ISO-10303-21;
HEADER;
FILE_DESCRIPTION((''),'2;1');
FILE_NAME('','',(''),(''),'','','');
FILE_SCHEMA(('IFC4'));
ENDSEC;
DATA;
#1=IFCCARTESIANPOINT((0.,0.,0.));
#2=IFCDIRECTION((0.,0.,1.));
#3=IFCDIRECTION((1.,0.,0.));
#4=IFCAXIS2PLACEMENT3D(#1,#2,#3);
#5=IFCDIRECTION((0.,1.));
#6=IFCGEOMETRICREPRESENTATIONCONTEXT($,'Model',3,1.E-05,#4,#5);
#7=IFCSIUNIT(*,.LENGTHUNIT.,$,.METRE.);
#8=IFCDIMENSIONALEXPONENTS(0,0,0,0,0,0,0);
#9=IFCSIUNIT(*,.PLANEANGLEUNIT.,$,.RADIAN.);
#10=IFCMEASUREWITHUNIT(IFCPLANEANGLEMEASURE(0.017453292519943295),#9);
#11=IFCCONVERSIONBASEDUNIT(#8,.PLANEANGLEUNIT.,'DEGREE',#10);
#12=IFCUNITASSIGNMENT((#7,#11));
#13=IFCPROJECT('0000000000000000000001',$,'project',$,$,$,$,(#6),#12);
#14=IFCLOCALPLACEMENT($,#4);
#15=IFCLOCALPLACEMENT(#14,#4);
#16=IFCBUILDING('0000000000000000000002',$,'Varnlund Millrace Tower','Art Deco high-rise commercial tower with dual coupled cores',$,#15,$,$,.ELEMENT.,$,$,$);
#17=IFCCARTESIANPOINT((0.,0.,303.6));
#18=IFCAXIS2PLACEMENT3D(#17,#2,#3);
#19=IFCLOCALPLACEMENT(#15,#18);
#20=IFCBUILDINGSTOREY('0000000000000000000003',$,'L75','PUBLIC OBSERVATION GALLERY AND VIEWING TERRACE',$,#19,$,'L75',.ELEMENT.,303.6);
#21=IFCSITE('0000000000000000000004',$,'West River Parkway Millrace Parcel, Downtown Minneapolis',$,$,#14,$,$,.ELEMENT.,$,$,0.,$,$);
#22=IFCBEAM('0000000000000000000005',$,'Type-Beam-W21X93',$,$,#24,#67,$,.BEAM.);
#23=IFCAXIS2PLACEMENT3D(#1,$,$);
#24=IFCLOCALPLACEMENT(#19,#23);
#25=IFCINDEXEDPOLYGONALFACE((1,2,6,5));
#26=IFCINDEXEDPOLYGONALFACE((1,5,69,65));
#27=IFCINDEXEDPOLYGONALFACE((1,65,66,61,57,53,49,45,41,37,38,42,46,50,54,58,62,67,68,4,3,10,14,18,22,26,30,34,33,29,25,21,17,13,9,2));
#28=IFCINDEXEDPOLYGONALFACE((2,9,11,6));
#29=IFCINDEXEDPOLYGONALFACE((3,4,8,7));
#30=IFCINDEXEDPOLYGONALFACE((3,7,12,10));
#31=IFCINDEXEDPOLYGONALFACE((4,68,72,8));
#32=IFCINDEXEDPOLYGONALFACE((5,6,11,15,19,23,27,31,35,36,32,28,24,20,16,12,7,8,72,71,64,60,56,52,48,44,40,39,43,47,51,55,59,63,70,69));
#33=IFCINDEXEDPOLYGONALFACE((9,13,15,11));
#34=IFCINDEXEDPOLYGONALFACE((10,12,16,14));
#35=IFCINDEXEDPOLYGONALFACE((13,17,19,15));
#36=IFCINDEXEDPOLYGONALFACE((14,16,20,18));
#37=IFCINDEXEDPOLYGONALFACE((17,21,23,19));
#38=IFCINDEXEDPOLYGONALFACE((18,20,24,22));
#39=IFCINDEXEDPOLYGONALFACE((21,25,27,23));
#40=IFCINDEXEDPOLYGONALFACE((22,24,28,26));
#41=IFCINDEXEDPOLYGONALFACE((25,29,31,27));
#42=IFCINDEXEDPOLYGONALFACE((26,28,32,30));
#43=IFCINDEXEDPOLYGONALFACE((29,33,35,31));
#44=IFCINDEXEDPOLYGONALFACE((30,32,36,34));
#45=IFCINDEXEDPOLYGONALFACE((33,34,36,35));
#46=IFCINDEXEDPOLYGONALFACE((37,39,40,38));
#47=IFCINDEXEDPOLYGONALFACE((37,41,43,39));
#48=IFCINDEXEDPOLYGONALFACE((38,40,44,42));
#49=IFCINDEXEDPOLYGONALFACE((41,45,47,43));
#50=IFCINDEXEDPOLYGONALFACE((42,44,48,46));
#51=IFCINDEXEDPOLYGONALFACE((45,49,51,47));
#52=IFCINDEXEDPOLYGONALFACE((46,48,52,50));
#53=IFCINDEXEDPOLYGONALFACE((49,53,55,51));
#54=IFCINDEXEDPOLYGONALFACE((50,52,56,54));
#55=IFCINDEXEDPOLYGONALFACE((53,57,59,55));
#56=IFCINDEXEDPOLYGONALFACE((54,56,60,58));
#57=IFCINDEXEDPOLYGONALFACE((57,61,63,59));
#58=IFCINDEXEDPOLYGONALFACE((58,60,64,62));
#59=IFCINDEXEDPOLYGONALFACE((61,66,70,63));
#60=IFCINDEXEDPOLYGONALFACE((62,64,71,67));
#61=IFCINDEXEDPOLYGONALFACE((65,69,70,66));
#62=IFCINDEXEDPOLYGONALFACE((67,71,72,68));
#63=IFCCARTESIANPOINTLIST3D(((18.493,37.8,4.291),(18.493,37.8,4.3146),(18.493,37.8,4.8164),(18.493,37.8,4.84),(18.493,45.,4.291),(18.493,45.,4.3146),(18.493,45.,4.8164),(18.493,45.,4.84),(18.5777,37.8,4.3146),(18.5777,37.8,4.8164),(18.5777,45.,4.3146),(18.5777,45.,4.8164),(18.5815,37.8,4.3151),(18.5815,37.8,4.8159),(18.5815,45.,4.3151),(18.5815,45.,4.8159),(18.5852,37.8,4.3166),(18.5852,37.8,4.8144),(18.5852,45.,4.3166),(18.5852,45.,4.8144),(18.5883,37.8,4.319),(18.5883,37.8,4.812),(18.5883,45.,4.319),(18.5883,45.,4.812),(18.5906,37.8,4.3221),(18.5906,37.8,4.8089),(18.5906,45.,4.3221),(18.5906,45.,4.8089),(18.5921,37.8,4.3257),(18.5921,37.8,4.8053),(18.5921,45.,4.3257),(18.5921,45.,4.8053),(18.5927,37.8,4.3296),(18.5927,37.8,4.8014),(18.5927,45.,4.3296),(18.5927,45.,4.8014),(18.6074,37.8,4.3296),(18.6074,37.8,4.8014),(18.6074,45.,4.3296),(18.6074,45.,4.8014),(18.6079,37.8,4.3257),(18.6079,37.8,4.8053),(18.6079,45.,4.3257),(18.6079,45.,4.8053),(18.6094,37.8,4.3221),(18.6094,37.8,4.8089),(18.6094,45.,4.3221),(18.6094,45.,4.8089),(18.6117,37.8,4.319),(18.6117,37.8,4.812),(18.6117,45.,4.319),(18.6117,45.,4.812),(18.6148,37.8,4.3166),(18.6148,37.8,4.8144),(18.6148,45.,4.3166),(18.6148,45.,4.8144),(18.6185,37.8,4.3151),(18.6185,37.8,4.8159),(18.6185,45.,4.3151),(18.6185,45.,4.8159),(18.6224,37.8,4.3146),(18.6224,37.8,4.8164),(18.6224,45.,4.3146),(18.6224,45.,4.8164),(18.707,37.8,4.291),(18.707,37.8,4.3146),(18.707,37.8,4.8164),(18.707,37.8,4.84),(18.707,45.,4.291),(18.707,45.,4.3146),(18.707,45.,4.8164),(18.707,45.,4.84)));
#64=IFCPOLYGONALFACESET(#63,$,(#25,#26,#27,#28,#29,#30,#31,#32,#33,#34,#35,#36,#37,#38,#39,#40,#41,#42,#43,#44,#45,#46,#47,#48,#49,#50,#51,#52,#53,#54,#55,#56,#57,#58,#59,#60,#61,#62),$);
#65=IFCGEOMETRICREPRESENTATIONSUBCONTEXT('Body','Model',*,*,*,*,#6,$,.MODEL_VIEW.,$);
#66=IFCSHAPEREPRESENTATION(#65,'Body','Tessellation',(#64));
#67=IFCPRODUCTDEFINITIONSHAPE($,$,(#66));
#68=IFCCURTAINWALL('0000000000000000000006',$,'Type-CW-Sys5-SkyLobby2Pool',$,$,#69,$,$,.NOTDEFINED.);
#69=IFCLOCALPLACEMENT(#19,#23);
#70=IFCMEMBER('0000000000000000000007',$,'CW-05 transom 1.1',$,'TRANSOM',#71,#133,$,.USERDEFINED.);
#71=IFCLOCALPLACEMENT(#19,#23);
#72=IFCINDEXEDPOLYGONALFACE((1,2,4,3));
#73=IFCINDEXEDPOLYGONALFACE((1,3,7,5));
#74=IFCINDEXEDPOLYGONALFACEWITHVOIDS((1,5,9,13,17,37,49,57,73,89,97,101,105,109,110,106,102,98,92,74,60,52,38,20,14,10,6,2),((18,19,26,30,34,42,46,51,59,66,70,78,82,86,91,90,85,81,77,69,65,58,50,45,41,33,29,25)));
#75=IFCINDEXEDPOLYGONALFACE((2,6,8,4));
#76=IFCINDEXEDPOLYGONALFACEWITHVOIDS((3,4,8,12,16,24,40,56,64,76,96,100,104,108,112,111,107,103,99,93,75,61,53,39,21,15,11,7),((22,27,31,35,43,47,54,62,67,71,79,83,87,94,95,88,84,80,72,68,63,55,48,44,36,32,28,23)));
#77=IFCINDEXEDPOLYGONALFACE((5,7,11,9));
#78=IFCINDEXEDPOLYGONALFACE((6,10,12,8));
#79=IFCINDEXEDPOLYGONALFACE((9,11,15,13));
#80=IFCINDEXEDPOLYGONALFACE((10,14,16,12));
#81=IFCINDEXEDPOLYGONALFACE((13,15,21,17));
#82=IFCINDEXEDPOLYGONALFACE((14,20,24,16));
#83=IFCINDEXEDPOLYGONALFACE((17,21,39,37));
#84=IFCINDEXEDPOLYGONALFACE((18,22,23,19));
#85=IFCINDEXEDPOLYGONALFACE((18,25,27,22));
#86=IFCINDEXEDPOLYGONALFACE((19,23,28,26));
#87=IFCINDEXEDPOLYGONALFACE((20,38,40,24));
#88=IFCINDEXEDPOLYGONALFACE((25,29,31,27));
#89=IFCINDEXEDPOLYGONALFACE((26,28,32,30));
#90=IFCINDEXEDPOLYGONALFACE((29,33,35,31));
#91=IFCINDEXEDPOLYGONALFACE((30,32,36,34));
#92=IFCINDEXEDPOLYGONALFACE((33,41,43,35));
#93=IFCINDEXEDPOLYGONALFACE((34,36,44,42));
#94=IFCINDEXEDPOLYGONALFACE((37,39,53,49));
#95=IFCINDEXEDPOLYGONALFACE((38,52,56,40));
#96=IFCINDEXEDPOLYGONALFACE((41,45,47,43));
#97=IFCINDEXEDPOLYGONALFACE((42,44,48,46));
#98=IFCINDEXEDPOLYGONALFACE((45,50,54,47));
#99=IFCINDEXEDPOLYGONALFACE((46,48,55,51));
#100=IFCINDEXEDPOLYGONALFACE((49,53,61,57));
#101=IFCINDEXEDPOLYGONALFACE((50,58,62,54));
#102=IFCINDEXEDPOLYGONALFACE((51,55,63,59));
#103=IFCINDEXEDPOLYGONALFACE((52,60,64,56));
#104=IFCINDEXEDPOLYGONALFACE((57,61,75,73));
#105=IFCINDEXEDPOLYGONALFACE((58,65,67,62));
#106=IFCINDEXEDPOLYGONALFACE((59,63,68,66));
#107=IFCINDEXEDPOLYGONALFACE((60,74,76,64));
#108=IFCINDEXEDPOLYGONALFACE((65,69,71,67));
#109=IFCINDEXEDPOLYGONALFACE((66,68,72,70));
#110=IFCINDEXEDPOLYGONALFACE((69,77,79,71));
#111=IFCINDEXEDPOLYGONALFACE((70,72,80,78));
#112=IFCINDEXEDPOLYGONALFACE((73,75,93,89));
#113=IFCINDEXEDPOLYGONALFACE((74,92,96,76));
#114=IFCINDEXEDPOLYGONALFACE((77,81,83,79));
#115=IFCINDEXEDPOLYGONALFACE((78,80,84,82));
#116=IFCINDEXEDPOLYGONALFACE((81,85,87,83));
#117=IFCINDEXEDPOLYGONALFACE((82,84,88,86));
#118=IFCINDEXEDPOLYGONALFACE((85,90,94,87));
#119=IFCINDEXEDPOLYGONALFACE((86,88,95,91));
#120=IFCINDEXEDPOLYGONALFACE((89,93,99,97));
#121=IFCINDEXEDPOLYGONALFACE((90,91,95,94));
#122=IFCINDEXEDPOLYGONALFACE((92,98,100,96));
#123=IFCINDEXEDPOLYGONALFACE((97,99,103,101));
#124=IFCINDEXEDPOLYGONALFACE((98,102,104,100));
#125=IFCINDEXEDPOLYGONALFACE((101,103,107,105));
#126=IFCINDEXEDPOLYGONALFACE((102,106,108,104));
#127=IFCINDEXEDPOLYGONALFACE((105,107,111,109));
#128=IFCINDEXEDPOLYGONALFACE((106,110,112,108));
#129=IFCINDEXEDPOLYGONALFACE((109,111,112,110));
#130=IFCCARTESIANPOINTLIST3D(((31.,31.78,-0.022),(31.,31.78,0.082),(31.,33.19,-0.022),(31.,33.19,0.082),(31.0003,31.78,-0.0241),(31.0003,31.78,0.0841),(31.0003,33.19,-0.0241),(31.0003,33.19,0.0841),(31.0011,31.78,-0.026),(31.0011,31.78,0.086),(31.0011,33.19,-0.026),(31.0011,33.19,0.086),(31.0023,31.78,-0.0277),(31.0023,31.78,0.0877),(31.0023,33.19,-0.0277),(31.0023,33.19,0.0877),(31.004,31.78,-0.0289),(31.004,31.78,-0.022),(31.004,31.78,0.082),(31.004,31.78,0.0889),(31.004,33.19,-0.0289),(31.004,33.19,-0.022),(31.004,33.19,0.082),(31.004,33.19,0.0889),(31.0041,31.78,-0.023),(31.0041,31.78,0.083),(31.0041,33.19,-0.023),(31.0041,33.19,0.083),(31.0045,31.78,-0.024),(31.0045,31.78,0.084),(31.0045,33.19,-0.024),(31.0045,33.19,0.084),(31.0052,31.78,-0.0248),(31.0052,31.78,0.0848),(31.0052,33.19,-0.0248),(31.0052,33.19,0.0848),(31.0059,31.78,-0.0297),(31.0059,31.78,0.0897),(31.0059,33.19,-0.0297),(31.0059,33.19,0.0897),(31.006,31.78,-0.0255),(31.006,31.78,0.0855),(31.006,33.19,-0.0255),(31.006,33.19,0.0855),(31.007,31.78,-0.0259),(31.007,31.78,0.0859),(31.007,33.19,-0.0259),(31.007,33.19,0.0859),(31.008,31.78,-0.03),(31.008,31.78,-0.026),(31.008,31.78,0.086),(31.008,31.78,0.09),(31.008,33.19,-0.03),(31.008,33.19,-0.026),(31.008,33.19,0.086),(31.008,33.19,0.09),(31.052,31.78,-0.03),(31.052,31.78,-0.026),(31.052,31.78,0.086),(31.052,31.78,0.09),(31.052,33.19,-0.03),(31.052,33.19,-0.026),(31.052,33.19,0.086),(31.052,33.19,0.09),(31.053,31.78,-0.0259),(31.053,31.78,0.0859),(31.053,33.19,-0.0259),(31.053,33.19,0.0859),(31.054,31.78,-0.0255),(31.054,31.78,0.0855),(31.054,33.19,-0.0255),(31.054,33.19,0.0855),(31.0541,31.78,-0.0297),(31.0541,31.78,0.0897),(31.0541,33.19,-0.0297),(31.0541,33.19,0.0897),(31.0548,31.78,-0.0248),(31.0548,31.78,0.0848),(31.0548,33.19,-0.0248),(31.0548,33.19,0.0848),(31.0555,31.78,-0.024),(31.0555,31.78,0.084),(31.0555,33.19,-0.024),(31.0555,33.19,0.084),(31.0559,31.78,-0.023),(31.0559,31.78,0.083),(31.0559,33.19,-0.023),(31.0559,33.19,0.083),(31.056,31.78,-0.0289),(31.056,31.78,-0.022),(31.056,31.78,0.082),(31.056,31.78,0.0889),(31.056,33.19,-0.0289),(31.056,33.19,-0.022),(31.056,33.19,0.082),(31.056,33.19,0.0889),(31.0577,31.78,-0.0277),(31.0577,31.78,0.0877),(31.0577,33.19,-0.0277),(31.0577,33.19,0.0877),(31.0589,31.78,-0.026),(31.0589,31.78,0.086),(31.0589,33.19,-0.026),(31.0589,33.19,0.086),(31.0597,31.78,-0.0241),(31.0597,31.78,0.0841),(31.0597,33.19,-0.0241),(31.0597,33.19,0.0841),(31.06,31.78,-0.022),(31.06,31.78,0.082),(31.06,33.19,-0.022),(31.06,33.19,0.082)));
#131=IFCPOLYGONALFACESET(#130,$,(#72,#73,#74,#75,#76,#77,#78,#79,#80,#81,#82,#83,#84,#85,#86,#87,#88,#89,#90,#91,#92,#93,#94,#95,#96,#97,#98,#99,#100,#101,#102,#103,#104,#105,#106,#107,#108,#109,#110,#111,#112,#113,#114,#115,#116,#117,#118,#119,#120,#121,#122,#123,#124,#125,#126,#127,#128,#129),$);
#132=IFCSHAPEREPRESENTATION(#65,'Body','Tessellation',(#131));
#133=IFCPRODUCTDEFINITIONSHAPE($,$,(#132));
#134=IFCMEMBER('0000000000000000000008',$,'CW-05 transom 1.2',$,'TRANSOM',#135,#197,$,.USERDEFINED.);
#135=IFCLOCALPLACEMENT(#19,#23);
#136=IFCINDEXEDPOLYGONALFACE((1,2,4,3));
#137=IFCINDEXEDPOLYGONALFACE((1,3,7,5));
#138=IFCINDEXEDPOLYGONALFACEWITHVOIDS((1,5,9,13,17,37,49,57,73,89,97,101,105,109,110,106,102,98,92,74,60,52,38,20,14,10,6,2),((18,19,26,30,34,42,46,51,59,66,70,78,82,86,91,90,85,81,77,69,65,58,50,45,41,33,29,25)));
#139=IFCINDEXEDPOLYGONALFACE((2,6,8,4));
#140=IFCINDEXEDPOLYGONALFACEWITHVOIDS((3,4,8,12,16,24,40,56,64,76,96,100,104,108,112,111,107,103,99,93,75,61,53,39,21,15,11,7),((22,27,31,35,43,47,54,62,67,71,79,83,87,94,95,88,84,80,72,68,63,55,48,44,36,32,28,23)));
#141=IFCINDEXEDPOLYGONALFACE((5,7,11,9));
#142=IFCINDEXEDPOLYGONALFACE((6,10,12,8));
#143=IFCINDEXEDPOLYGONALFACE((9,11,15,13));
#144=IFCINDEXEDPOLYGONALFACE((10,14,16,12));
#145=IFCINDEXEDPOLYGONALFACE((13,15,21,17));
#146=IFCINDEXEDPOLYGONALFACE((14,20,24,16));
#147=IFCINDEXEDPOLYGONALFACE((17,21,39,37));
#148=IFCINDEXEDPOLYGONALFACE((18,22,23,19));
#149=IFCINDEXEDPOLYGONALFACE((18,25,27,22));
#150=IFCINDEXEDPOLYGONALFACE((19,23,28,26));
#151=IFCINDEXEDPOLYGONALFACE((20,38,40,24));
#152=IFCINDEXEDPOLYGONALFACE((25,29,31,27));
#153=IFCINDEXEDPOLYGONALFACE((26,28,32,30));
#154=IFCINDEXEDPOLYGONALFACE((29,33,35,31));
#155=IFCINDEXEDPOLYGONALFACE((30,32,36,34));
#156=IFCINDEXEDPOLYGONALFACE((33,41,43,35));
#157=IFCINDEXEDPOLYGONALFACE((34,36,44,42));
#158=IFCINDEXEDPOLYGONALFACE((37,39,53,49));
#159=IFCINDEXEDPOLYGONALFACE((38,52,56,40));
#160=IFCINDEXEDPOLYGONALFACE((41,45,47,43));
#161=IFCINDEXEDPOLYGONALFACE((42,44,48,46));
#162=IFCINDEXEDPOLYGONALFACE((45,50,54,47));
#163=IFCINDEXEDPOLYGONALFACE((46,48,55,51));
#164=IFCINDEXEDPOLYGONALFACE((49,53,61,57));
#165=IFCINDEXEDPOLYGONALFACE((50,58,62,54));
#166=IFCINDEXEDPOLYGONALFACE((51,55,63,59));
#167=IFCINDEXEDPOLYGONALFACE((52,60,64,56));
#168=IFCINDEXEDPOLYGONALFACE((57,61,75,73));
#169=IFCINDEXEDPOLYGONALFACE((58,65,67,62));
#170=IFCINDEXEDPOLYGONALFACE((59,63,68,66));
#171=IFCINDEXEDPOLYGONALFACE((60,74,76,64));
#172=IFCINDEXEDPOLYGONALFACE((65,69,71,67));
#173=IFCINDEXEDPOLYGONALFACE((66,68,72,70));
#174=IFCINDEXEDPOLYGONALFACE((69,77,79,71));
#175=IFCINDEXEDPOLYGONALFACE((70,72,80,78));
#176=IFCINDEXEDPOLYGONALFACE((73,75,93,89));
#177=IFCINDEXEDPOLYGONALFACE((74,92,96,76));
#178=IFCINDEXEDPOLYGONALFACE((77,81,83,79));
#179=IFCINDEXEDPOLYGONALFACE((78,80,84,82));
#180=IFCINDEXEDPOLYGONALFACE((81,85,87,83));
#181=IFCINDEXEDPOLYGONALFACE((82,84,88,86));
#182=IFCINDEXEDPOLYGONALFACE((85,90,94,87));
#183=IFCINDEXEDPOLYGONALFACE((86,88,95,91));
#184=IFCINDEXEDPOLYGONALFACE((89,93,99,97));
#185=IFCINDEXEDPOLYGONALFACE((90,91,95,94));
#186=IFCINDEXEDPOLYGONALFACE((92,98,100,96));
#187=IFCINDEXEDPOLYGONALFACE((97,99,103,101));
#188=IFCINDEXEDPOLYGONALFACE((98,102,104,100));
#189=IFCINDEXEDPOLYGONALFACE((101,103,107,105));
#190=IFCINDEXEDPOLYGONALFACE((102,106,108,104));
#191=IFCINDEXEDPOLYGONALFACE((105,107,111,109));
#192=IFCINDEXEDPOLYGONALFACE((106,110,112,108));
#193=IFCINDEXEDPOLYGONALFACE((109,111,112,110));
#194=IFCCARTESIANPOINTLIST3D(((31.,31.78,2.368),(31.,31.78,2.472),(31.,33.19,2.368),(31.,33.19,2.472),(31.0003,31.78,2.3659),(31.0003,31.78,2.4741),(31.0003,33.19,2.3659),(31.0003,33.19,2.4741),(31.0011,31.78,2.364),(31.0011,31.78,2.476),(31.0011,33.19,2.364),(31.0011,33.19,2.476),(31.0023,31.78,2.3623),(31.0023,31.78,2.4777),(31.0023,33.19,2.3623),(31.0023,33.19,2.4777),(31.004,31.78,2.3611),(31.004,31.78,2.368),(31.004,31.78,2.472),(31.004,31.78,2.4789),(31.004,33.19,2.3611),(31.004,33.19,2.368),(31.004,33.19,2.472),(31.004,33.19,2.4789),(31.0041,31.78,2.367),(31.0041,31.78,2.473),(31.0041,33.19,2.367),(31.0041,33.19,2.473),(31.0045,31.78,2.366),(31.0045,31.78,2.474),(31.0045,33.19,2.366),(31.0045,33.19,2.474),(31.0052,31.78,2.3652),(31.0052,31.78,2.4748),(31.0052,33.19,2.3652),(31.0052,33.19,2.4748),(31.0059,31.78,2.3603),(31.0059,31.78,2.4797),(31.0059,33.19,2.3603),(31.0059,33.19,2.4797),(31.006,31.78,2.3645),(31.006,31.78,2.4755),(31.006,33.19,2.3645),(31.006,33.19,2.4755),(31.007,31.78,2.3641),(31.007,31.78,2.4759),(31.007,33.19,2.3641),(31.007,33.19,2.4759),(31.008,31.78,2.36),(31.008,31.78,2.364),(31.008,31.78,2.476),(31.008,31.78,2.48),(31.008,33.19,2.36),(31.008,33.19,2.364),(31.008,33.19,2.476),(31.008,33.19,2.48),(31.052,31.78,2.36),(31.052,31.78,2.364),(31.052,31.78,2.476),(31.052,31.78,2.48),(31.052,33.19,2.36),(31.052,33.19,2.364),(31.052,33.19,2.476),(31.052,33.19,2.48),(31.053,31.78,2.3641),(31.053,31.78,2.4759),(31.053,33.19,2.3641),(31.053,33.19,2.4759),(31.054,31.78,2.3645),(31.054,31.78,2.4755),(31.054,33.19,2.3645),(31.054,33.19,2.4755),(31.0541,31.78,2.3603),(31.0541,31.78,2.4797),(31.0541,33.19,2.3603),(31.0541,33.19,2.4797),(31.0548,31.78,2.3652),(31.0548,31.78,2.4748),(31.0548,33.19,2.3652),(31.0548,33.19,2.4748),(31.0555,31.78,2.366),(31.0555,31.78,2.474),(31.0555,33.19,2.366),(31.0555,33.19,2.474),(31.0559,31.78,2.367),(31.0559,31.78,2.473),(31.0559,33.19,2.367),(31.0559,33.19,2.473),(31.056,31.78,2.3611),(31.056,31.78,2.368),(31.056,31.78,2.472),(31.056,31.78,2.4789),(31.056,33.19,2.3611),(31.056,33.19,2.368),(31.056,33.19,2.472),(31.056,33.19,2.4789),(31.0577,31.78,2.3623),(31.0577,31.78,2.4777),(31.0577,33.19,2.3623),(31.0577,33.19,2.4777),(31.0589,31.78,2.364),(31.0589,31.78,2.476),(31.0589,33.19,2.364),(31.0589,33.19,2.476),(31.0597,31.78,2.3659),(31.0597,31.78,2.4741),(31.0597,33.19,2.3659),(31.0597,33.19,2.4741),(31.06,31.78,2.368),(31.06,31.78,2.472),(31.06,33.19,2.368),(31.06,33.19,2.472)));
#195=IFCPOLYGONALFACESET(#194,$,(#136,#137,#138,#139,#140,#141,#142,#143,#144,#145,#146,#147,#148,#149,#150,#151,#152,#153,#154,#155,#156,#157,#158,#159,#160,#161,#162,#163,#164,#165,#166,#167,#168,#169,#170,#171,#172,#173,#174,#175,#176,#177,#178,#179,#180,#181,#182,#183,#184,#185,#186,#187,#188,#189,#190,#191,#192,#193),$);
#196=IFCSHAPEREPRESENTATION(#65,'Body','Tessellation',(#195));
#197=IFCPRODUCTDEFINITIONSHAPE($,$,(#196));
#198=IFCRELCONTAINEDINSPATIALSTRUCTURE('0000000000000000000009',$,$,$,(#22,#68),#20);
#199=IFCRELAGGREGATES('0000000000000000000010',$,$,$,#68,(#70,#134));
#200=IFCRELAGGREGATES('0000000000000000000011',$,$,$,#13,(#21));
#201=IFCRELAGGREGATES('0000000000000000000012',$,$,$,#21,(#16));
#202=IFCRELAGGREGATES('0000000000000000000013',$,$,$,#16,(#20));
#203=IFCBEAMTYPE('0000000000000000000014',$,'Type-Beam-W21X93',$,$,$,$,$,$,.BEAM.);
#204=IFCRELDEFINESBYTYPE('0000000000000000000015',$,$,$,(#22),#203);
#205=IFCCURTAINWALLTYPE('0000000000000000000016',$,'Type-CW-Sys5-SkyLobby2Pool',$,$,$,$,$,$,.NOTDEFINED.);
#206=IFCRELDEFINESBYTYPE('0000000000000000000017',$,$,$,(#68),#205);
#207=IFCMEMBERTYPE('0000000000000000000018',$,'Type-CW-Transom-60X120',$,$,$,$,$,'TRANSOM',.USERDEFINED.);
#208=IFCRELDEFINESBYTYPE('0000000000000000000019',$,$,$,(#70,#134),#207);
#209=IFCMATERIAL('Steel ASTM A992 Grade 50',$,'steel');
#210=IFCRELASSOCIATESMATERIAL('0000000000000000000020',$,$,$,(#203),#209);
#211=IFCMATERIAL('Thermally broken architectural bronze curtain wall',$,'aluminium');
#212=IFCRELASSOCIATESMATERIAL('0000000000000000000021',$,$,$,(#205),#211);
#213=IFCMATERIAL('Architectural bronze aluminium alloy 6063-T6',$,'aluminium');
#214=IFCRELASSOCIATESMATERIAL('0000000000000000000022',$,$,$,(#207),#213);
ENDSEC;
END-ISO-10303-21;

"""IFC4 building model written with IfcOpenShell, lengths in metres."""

from ifc_helpers import new_model, entity, si_unit, converted_unit, direction, frame, origin_with_axes, origin_2d_with_axis, place, context, subcontext, project, spatial, hollow_rectangle, i_section, extrude, material, material_profile, profile_set, type_object, element, aggregate, save


model = new_model("IFC4")

# Units and contexts
model_context = context("Model", 3, precision=1e-05, world=origin_with_axes(), true_north=direction((0.0, 1.0)))
body_context = subcontext(model_context, "Body", "Model", "MODEL_VIEW")
ifc_project = project(units=[si_unit("LENGTHUNIT", "METRE"), converted_unit("PLANEANGLEUNIT", "DEGREE", entity("IfcPlaneAngleMeasure", 0.017453292519943295), si_unit("PLANEANGLEUNIT", "RADIAN"), dimensions=[0, 0, 0, 0, 0, 0, 0])], contexts=[model_context])

# Site, building, storey
site_placement = place(None, origin_with_axes())
site = spatial("IfcSite", under=ifc_project, at=site_placement, Name="West River Parkway Millrace Parcel, Downtown Minneapolis", CompositionType="ELEMENT", RefElevation=0.0)
building_placement = place(site_placement, origin_with_axes())
building = spatial("IfcBuilding", under=site, at=building_placement, Name="Varnlund Millrace Tower", Description="Art Deco high-rise commercial tower with dual coupled cores", CompositionType="ELEMENT")
storey_placement = place(building_placement, frame((0.0, 0.0, 303.6), z_axis=(0.0, 0.0, 1.0), x_axis=(1.0, 0.0, 0.0)))
storey = spatial("IfcBuildingStorey", under=building, at=storey_placement, Name="L75", Description="PUBLIC OBSERVATION GALLERY AND VIEWING TERRACE", LongName="L75", CompositionType="ELEMENT", Elevation=303.6)

# Beam
ifc_material_1 = material(Name="Steel ASTM A992 Grade 50", Category="steel")
ifc_material_profile_1 = material_profile(ifc_material_1, i_section(OverallWidth=0.214, OverallDepth=0.549, WebThickness=0.0147, FlangeThickness=0.0236, FilletRadius=0.015, at=origin_2d_with_axis()), Name="Steel ASTM A992 Grade 50")
ifc_profile_set_1 = profile_set([ifc_material_profile_1], Name="Steel ASTM A992 Grade 50")
beam_type = type_object("IfcBeamType", Name="Type-Beam-W21X93", PredefinedType="BEAM", material=ifc_profile_set_1)
beam_placement = place(storey_placement, frame((18.6, 37.8, 4.5655), z_axis=(0.0, 1.0, 0.0), x_axis=(-1.0, 0.0, 0.0)))
element("IfcBeam", 1, at=beam_placement, inside=storey, type_object=beam_type, Name="Type-Beam-W21X93", PredefinedType="BEAM", context=body_context, shape_type="SweptSolid", body=[
    extrude(i_section(OverallWidth=0.214, OverallDepth=0.549, WebThickness=0.0147, FlangeThickness=0.0236, FilletRadius=0.015, at=origin_2d_with_axis()), origin_with_axes(), (0.0, 0.0, 1.0), 7.2),
])

# Curtain wall, members
ifc_material_2 = material(Name="Thermally broken architectural bronze curtain wall", Category="aluminium")
curtain_wall_type = type_object("IfcCurtainWallType", Name="Type-CW-Sys5-SkyLobby2Pool", PredefinedType="NOTDEFINED", material=ifc_material_2)
curtain_wall_1_placement = place(storey_placement, frame((31.03, 33.25, 0.0), z_axis=(0.0, 0.0, 1.0), x_axis=(1.0, 0.0, 0.0)))
curtain_wall_1 = element("IfcCurtainWall", 2, at=curtain_wall_1_placement, inside=storey, type_object=curtain_wall_type, Name="Type-CW-Sys5-SkyLobby2Pool", PredefinedType="NOTDEFINED")
ifc_material_3 = material(Name="Architectural bronze aluminium alloy 6063-T6", Category="aluminium")
ifc_material_profile_2 = material_profile(ifc_material_3, hollow_rectangle(XDim=0.06, YDim=0.12, WallThickness=0.004, InnerFilletRadius=0.004, OuterFilletRadius=0.008, at=origin_2d_with_axis()), Name="Architectural bronze aluminium alloy 6063-T6")
ifc_profile_set_2 = profile_set([ifc_material_profile_2], Name="Architectural bronze aluminium alloy 6063-T6")
member_type = type_object("IfcMemberType", Name="Type-CW-Transom-60X120", ElementType="TRANSOM", PredefinedType="USERDEFINED", material=ifc_profile_set_2)
member_1_placement = place(storey_placement, frame((31.03, 33.19, 0.03), z_axis=(0.0, -1.0, 0.0), x_axis=(1.0, 0.0, 0.0)))
member_1 = element("IfcMember", 3, at=member_1_placement, type_object=member_type, Name="CW-05 transom 1.1", ObjectType="TRANSOM", PredefinedType="USERDEFINED", context=body_context, shape_type="SweptSolid", body=[
    extrude(hollow_rectangle(XDim=0.06, YDim=0.12, WallThickness=0.004, InnerFilletRadius=0.004, OuterFilletRadius=0.008, at=origin_2d_with_axis()), origin_with_axes(), (0.0, 0.0, 1.0), 1.41),
])
member_2_placement = place(storey_placement, frame((31.03, 33.19, 2.42), z_axis=(0.0, -1.0, 0.0), x_axis=(1.0, 0.0, 0.0)))
member_2 = element("IfcMember", 4, at=member_2_placement, type_object=member_type, Name="CW-05 transom 1.2", ObjectType="TRANSOM", PredefinedType="USERDEFINED", context=body_context, shape_type="SweptSolid", body=[
    extrude(hollow_rectangle(XDim=0.06, YDim=0.12, WallThickness=0.004, InnerFilletRadius=0.004, OuterFilletRadius=0.008, at=origin_2d_with_axis()), origin_with_axes(), (0.0, 0.0, 1.0), 1.41),
])

aggregate(curtain_wall_1, [member_1, member_2])

save(model, "model.ifc")
